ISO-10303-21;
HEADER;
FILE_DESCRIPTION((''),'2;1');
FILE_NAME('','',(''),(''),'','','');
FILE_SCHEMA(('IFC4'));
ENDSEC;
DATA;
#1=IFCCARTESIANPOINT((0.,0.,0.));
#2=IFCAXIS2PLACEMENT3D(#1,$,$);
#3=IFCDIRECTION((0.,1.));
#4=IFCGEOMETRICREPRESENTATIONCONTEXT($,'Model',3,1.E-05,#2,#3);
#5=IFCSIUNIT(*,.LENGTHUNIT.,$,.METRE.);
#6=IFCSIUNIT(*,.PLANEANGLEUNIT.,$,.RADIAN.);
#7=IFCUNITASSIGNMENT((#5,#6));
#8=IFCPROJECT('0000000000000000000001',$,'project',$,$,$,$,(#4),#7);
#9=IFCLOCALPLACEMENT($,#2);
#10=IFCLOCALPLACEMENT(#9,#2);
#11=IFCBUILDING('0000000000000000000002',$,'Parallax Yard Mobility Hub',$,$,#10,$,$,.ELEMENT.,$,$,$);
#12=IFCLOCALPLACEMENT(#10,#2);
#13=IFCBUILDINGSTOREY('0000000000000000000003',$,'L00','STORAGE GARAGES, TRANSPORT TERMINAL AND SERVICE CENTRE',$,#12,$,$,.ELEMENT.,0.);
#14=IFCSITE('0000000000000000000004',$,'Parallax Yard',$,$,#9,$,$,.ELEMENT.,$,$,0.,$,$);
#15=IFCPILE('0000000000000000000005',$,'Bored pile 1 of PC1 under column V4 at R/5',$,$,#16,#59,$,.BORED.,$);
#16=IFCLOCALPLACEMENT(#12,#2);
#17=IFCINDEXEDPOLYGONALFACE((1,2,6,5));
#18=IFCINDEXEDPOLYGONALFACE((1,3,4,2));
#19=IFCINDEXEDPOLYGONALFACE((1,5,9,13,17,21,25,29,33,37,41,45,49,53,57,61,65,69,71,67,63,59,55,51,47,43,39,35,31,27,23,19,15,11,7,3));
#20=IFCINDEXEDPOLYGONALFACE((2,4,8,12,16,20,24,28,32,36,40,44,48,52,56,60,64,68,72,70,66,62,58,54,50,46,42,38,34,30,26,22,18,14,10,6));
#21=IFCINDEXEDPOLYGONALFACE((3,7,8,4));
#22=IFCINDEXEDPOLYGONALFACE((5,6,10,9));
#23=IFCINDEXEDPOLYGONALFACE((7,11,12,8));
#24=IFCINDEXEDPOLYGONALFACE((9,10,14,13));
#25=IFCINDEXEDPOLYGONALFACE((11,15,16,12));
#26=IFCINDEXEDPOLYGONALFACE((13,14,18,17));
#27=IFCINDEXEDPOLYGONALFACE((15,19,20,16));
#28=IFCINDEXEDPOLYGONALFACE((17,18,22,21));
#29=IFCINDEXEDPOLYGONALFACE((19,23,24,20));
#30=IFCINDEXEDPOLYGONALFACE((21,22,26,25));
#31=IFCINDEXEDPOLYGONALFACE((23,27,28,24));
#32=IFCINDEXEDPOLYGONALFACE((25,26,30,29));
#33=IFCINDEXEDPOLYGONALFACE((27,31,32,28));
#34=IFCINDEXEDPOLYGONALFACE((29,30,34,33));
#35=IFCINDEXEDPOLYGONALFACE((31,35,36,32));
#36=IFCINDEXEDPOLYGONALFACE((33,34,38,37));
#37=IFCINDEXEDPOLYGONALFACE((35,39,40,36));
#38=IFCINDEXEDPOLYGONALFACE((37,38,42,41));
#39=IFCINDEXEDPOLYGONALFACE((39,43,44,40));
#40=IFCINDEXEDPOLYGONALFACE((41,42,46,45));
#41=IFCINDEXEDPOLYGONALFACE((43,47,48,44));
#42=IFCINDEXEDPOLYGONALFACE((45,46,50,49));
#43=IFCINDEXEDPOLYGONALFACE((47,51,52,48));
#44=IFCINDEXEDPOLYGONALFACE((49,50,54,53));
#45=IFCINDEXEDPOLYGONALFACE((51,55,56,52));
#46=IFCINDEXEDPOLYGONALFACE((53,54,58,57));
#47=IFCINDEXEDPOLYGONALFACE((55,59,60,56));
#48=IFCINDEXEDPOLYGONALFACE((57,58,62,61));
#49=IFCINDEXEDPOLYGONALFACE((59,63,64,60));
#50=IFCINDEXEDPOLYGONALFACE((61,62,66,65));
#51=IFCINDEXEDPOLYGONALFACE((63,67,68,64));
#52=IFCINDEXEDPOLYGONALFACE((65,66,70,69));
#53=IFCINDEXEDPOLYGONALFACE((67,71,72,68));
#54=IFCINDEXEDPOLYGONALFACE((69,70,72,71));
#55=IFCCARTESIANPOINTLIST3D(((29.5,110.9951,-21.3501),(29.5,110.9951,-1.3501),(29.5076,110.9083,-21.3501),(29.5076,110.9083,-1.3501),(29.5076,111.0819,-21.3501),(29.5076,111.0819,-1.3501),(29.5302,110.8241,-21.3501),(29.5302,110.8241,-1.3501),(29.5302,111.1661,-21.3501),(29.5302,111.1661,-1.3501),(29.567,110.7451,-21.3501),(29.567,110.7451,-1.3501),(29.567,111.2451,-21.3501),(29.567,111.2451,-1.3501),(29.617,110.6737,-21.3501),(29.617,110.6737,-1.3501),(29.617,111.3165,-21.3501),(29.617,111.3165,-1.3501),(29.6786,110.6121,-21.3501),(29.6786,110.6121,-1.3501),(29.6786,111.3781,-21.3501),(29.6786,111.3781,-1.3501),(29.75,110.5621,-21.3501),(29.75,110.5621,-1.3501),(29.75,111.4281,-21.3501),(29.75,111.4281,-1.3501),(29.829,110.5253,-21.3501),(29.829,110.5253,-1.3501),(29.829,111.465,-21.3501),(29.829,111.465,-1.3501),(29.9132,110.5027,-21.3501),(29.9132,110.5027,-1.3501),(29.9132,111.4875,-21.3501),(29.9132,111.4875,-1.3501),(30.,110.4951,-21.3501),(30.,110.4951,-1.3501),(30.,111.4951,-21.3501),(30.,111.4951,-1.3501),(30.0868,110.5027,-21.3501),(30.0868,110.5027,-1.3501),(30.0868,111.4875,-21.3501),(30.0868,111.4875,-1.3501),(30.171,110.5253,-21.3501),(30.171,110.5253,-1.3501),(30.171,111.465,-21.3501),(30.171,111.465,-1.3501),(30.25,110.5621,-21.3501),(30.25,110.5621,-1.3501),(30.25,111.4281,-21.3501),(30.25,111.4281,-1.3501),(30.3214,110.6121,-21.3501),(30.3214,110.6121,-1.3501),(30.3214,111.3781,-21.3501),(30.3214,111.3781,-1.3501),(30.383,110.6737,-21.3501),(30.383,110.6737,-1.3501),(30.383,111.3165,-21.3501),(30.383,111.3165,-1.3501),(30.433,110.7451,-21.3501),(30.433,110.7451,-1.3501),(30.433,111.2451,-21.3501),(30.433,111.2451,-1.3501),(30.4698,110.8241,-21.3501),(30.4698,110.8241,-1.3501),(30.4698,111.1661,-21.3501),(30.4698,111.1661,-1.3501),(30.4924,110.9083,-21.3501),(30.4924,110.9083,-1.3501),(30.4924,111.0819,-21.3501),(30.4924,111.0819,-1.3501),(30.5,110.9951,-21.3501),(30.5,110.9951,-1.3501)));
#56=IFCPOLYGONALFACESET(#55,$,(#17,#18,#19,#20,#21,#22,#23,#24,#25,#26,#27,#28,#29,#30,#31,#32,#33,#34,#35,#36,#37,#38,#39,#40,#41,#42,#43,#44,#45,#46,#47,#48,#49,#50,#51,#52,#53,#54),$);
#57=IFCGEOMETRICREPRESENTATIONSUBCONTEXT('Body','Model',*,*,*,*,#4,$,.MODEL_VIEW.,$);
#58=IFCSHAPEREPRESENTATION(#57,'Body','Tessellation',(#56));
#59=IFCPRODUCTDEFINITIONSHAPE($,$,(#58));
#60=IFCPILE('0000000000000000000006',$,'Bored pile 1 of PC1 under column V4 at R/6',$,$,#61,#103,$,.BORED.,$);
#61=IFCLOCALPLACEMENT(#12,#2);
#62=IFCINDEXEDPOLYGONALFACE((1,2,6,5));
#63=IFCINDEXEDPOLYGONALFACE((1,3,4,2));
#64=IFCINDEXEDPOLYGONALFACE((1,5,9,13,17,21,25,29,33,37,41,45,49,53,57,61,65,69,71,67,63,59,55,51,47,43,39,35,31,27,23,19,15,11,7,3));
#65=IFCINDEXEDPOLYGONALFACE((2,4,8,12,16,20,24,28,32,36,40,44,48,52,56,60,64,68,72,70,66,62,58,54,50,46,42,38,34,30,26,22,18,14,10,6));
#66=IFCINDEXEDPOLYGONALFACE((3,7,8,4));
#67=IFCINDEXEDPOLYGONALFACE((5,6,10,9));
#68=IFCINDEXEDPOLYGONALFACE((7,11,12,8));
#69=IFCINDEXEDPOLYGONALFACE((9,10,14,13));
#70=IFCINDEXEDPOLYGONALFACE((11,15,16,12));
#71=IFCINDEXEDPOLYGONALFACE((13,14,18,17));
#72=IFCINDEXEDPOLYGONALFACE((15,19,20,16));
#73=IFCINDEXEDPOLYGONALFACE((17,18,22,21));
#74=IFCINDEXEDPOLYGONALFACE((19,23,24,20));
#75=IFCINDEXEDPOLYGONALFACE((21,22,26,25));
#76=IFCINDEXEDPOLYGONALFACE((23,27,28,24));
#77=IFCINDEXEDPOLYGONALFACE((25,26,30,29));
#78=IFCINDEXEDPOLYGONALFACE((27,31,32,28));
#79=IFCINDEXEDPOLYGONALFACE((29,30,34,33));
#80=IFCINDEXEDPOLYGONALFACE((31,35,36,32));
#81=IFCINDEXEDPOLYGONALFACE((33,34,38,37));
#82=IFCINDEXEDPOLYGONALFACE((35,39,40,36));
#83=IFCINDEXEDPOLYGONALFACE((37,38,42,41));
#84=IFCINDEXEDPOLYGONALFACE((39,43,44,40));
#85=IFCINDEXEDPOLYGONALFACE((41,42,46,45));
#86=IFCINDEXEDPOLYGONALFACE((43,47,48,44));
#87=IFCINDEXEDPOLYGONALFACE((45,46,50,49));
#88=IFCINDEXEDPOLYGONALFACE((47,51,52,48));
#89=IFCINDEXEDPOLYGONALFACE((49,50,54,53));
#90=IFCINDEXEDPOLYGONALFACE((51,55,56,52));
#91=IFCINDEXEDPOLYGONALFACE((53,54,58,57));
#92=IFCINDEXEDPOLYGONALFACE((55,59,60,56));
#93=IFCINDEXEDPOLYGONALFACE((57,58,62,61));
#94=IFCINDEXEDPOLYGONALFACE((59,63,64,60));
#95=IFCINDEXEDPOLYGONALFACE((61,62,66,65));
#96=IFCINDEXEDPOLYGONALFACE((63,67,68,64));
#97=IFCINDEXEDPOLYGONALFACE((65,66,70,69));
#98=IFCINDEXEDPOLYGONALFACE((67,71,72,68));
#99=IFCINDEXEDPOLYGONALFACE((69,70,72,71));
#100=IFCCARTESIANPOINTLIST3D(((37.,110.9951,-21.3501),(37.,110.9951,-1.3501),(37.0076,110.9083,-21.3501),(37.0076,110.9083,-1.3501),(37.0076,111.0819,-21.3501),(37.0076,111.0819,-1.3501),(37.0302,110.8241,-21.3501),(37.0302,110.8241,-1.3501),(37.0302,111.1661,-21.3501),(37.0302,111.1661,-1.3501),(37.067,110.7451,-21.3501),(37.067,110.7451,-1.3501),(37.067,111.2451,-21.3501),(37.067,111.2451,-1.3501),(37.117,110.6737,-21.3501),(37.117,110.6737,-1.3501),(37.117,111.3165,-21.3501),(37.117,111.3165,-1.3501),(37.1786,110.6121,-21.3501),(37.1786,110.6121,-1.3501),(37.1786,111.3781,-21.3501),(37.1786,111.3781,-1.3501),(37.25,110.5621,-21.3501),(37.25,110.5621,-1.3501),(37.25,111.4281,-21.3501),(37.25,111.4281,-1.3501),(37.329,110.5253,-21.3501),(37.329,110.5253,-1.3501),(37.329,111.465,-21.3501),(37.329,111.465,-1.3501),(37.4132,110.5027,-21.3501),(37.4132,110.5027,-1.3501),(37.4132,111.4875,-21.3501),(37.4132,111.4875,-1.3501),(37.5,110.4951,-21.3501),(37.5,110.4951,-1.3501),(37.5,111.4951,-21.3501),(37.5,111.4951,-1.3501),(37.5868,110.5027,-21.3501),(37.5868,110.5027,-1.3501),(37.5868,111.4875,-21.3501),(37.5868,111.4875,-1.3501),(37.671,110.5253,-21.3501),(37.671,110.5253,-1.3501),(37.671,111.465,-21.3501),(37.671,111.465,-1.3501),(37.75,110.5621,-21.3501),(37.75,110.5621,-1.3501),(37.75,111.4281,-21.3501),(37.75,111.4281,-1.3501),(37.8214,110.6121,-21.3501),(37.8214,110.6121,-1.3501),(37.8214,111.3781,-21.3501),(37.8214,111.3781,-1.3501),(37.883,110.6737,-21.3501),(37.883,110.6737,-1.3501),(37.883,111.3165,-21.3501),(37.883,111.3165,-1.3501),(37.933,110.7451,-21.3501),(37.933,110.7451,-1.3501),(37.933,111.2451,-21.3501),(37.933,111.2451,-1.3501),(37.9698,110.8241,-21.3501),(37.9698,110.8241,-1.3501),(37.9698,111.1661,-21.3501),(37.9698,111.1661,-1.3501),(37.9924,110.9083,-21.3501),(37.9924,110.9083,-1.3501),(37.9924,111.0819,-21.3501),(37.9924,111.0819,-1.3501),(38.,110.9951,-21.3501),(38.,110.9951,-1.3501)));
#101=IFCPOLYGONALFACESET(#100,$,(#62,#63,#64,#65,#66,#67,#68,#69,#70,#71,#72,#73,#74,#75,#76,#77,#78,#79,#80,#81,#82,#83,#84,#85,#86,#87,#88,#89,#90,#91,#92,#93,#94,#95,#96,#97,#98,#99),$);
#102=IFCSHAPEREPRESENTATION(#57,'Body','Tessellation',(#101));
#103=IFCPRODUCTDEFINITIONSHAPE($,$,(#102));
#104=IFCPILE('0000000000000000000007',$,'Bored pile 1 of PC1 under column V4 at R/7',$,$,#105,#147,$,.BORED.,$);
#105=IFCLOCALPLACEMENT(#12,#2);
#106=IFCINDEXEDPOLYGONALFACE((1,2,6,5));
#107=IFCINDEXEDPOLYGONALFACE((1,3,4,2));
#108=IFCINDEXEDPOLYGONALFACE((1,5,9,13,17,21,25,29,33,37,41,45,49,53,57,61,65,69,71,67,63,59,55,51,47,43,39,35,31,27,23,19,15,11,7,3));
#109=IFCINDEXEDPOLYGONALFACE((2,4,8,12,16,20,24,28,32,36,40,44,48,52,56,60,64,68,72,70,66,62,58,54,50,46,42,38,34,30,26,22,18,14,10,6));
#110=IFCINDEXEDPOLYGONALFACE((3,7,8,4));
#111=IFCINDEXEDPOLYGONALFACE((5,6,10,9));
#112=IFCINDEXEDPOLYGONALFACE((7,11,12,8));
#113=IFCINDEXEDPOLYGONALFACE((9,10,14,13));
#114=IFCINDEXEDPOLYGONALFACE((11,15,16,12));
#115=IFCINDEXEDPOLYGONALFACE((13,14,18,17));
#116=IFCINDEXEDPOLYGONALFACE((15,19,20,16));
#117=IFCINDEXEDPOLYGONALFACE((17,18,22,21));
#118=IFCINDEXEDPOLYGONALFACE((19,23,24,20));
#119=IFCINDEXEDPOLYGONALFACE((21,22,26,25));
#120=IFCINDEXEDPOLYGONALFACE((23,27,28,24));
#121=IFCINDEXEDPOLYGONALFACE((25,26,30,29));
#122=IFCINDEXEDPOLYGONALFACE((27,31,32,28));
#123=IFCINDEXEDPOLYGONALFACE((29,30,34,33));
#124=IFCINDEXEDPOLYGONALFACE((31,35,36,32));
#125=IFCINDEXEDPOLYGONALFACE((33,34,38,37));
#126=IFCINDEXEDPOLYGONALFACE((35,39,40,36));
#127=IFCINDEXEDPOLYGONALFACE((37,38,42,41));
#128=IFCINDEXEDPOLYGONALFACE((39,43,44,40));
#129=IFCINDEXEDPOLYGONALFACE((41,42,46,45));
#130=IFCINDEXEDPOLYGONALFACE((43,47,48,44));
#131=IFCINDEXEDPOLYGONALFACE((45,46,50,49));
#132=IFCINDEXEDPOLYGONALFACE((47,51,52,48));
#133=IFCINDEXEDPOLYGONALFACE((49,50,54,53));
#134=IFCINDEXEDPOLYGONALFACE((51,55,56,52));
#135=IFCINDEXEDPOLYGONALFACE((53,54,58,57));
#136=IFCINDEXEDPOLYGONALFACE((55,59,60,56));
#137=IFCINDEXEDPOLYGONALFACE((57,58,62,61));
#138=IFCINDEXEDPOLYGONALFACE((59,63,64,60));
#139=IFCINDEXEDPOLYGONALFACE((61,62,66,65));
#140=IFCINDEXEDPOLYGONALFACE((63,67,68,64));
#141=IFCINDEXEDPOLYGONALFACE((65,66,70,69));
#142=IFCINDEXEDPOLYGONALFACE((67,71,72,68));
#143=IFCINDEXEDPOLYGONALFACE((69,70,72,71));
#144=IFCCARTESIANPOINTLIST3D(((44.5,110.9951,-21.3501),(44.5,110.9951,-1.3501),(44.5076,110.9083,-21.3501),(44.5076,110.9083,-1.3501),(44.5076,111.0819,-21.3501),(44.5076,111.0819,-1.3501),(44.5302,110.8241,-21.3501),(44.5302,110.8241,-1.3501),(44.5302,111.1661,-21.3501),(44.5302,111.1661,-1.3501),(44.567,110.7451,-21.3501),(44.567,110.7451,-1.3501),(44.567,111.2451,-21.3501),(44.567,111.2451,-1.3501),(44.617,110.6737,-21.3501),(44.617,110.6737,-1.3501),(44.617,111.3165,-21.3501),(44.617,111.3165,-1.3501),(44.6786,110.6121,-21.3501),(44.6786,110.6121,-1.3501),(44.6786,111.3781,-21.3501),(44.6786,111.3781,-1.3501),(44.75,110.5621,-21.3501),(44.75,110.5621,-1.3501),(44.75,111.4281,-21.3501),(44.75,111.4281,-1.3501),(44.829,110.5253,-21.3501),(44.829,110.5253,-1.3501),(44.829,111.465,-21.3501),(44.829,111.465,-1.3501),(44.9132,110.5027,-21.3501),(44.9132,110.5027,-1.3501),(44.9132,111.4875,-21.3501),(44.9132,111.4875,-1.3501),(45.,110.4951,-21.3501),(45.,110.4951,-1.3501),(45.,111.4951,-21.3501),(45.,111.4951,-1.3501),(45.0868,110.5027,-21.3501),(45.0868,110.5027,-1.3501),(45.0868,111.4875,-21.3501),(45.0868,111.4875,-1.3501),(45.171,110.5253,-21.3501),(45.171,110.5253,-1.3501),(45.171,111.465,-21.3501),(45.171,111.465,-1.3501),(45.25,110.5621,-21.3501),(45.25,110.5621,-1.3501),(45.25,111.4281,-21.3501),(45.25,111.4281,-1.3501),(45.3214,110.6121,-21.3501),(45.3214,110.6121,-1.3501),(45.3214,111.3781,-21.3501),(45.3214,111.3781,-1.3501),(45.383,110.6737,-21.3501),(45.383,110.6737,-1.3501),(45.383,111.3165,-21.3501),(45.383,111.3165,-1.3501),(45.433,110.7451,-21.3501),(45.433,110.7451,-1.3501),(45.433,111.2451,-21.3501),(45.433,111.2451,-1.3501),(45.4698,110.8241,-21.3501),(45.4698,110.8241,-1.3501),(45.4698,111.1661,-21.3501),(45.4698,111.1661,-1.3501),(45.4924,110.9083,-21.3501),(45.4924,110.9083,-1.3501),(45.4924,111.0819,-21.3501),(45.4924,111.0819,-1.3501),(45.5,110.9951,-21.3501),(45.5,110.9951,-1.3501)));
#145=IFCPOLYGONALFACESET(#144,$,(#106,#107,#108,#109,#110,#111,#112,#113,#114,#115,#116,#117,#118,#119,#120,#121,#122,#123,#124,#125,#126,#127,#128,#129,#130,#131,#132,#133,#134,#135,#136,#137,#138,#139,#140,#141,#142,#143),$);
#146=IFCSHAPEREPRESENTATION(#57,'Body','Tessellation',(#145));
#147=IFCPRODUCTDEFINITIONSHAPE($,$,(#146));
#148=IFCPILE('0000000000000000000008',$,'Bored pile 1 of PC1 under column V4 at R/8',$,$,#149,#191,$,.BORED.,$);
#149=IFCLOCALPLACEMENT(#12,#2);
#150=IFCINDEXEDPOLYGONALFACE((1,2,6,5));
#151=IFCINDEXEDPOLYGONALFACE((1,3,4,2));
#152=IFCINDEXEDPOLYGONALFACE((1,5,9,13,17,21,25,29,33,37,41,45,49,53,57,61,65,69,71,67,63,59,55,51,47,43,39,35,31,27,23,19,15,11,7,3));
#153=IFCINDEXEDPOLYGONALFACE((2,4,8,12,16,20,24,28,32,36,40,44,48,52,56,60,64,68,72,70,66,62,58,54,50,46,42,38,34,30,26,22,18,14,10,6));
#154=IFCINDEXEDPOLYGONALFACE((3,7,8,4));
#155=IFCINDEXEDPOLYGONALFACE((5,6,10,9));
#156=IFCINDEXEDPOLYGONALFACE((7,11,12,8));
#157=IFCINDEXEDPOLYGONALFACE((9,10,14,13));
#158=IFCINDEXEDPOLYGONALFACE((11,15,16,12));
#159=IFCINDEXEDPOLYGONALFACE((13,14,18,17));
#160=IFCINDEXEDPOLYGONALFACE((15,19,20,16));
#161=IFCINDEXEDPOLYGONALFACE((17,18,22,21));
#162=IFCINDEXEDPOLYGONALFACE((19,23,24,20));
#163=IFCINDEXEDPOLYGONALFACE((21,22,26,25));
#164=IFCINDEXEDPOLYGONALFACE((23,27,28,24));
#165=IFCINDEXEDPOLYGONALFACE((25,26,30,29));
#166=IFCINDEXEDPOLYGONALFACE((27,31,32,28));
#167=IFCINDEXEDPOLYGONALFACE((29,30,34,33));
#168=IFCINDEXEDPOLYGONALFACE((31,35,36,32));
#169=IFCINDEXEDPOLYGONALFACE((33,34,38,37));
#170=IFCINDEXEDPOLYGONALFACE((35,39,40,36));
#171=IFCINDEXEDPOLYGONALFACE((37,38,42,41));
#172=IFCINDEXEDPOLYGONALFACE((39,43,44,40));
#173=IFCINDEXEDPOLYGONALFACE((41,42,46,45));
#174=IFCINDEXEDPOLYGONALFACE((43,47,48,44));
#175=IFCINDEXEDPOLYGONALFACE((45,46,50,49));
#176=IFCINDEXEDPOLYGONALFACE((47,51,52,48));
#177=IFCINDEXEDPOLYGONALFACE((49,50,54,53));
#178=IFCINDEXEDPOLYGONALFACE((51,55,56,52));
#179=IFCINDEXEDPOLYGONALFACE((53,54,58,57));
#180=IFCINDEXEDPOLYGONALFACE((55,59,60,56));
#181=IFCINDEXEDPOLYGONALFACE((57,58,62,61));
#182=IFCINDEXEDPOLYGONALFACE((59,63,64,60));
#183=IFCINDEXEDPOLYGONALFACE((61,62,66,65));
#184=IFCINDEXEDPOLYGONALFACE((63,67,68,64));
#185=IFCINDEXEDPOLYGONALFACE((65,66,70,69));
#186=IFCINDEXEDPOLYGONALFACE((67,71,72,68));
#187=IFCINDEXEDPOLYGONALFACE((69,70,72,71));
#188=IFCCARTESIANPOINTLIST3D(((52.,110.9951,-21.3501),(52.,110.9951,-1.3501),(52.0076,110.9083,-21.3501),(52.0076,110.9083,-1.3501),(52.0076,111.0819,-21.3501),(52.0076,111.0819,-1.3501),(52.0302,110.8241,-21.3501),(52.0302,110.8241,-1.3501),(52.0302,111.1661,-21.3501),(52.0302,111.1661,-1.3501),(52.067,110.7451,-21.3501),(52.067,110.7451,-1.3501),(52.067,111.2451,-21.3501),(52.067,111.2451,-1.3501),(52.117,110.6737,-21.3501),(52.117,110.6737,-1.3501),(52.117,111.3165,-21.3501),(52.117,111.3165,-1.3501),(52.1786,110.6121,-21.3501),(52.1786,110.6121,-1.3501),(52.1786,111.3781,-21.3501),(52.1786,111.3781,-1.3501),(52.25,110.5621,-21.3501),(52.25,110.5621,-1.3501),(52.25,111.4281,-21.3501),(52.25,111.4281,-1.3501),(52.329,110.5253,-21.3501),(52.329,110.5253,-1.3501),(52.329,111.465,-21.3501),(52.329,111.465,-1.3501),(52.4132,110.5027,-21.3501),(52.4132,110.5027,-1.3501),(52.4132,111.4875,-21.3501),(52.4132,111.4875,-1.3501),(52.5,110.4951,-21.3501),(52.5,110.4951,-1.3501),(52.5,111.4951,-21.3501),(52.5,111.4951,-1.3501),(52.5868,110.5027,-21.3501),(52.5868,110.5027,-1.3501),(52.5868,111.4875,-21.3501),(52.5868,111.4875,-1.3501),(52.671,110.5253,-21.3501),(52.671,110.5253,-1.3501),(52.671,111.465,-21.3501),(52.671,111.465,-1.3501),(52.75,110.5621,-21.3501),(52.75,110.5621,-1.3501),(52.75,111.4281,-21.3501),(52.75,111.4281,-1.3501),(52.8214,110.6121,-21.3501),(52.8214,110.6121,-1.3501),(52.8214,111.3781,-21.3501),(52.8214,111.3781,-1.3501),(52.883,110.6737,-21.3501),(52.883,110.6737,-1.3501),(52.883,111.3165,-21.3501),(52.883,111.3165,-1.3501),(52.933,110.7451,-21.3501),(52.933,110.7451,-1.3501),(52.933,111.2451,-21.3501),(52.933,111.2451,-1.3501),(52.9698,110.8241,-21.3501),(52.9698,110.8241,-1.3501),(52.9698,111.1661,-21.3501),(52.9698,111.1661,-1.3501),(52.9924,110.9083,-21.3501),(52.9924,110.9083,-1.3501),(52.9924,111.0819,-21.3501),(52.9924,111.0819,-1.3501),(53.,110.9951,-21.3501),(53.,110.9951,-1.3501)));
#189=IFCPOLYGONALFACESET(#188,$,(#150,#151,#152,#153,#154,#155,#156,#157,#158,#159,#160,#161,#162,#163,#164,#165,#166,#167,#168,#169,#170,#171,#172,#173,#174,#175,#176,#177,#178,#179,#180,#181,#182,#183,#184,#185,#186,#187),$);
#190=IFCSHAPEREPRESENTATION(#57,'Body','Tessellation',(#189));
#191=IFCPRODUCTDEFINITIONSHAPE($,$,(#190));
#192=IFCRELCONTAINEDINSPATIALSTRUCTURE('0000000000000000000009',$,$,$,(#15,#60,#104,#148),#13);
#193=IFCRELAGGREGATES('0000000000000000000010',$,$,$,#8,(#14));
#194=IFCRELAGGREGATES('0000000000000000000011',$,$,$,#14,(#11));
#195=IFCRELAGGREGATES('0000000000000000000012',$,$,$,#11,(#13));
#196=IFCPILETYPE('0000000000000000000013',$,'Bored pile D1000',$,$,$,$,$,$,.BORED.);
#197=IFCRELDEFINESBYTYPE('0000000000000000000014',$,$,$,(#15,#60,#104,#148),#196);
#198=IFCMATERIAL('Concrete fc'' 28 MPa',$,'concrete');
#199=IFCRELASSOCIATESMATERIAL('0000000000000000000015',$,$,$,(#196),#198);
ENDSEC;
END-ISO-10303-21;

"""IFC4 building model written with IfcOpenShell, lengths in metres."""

from ifc_helpers import new_model, si_unit, direction, frame, origin, origin_2d, place, context, subcontext, project, spatial, circle, extrude, material, material_profile, profile_set, type_object, element, save


model = new_model("IFC4")

# Units and contexts
model_context = context("Model", 3, precision=1e-05, world=origin(), true_north=direction((0.0, 1.0)))
body_context = subcontext(model_context, "Body", "Model", "MODEL_VIEW")
ifc_project = project(units=[si_unit("LENGTHUNIT", "METRE"), si_unit("PLANEANGLEUNIT", "RADIAN")], contexts=[model_context])

# Site, building, storey
site_placement = place(None, origin())
site = spatial("IfcSite", under=ifc_project, at=site_placement, Name="Parallax Yard", CompositionType="ELEMENT", RefElevation=0.0)
building_placement = place(site_placement, origin())
building = spatial("IfcBuilding", under=site, at=building_placement, Name="Parallax Yard Mobility Hub", CompositionType="ELEMENT")
storey_placement = place(building_placement, origin())
storey = spatial("IfcBuildingStorey", under=building, at=storey_placement, Name="L00", Description="STORAGE GARAGES, TRANSPORT TERMINAL AND SERVICE CENTRE", CompositionType="ELEMENT", Elevation=0.0)

# Piles
ifc_material_1 = material(Name="Concrete fc' 28 MPa", Category="concrete")
ifc_material_profile_1 = material_profile(ifc_material_1, circle(Radius=0.5, at=origin_2d()), Name="Bored pile D1000")
ifc_profile_set_1 = profile_set([ifc_material_profile_1], Name="Concrete fc' 28 MPa")
pile_type = type_object("IfcPileType", Name="Bored pile D1000", PredefinedType="BORED", material=ifc_profile_set_1)
for number, where, z_axis, x_axis, name in (
    (1, (30.0, 110.9951, -1.3501), (0.0, 0.0, -1.0), (1.0, 0.0, 0.0), "Bored pile 1 of PC1 under column V4 at R/5"),
    (2, (37.5, 110.9951, -1.3501), (0.0, 0.0, -1.0), (1.0, 0.0, 0.0), "Bored pile 1 of PC1 under column V4 at R/6"),
    (3, (45.0, 110.9951, -1.3501), (0.0, 0.0, -1.0), (1.0, 0.0, 0.0), "Bored pile 1 of PC1 under column V4 at R/7"),
    (4, (52.5, 110.9951, -1.3501), (0.0, 0.0, -1.0), (1.0, 0.0, 0.0), "Bored pile 1 of PC1 under column V4 at R/8"),
):
    element("IfcPile", number, at=place(storey_placement, frame(where, z_axis=z_axis, x_axis=x_axis)), inside=storey, type_object=pile_type, Name=name, PredefinedType="BORED", context=body_context, shape_type="SweptSolid", body=[
        extrude(circle(Radius=0.5, at=origin_2d()), origin(), (0.0, 0.0, 1.0), 20.0),
    ])

save(model, "model.ifc")
